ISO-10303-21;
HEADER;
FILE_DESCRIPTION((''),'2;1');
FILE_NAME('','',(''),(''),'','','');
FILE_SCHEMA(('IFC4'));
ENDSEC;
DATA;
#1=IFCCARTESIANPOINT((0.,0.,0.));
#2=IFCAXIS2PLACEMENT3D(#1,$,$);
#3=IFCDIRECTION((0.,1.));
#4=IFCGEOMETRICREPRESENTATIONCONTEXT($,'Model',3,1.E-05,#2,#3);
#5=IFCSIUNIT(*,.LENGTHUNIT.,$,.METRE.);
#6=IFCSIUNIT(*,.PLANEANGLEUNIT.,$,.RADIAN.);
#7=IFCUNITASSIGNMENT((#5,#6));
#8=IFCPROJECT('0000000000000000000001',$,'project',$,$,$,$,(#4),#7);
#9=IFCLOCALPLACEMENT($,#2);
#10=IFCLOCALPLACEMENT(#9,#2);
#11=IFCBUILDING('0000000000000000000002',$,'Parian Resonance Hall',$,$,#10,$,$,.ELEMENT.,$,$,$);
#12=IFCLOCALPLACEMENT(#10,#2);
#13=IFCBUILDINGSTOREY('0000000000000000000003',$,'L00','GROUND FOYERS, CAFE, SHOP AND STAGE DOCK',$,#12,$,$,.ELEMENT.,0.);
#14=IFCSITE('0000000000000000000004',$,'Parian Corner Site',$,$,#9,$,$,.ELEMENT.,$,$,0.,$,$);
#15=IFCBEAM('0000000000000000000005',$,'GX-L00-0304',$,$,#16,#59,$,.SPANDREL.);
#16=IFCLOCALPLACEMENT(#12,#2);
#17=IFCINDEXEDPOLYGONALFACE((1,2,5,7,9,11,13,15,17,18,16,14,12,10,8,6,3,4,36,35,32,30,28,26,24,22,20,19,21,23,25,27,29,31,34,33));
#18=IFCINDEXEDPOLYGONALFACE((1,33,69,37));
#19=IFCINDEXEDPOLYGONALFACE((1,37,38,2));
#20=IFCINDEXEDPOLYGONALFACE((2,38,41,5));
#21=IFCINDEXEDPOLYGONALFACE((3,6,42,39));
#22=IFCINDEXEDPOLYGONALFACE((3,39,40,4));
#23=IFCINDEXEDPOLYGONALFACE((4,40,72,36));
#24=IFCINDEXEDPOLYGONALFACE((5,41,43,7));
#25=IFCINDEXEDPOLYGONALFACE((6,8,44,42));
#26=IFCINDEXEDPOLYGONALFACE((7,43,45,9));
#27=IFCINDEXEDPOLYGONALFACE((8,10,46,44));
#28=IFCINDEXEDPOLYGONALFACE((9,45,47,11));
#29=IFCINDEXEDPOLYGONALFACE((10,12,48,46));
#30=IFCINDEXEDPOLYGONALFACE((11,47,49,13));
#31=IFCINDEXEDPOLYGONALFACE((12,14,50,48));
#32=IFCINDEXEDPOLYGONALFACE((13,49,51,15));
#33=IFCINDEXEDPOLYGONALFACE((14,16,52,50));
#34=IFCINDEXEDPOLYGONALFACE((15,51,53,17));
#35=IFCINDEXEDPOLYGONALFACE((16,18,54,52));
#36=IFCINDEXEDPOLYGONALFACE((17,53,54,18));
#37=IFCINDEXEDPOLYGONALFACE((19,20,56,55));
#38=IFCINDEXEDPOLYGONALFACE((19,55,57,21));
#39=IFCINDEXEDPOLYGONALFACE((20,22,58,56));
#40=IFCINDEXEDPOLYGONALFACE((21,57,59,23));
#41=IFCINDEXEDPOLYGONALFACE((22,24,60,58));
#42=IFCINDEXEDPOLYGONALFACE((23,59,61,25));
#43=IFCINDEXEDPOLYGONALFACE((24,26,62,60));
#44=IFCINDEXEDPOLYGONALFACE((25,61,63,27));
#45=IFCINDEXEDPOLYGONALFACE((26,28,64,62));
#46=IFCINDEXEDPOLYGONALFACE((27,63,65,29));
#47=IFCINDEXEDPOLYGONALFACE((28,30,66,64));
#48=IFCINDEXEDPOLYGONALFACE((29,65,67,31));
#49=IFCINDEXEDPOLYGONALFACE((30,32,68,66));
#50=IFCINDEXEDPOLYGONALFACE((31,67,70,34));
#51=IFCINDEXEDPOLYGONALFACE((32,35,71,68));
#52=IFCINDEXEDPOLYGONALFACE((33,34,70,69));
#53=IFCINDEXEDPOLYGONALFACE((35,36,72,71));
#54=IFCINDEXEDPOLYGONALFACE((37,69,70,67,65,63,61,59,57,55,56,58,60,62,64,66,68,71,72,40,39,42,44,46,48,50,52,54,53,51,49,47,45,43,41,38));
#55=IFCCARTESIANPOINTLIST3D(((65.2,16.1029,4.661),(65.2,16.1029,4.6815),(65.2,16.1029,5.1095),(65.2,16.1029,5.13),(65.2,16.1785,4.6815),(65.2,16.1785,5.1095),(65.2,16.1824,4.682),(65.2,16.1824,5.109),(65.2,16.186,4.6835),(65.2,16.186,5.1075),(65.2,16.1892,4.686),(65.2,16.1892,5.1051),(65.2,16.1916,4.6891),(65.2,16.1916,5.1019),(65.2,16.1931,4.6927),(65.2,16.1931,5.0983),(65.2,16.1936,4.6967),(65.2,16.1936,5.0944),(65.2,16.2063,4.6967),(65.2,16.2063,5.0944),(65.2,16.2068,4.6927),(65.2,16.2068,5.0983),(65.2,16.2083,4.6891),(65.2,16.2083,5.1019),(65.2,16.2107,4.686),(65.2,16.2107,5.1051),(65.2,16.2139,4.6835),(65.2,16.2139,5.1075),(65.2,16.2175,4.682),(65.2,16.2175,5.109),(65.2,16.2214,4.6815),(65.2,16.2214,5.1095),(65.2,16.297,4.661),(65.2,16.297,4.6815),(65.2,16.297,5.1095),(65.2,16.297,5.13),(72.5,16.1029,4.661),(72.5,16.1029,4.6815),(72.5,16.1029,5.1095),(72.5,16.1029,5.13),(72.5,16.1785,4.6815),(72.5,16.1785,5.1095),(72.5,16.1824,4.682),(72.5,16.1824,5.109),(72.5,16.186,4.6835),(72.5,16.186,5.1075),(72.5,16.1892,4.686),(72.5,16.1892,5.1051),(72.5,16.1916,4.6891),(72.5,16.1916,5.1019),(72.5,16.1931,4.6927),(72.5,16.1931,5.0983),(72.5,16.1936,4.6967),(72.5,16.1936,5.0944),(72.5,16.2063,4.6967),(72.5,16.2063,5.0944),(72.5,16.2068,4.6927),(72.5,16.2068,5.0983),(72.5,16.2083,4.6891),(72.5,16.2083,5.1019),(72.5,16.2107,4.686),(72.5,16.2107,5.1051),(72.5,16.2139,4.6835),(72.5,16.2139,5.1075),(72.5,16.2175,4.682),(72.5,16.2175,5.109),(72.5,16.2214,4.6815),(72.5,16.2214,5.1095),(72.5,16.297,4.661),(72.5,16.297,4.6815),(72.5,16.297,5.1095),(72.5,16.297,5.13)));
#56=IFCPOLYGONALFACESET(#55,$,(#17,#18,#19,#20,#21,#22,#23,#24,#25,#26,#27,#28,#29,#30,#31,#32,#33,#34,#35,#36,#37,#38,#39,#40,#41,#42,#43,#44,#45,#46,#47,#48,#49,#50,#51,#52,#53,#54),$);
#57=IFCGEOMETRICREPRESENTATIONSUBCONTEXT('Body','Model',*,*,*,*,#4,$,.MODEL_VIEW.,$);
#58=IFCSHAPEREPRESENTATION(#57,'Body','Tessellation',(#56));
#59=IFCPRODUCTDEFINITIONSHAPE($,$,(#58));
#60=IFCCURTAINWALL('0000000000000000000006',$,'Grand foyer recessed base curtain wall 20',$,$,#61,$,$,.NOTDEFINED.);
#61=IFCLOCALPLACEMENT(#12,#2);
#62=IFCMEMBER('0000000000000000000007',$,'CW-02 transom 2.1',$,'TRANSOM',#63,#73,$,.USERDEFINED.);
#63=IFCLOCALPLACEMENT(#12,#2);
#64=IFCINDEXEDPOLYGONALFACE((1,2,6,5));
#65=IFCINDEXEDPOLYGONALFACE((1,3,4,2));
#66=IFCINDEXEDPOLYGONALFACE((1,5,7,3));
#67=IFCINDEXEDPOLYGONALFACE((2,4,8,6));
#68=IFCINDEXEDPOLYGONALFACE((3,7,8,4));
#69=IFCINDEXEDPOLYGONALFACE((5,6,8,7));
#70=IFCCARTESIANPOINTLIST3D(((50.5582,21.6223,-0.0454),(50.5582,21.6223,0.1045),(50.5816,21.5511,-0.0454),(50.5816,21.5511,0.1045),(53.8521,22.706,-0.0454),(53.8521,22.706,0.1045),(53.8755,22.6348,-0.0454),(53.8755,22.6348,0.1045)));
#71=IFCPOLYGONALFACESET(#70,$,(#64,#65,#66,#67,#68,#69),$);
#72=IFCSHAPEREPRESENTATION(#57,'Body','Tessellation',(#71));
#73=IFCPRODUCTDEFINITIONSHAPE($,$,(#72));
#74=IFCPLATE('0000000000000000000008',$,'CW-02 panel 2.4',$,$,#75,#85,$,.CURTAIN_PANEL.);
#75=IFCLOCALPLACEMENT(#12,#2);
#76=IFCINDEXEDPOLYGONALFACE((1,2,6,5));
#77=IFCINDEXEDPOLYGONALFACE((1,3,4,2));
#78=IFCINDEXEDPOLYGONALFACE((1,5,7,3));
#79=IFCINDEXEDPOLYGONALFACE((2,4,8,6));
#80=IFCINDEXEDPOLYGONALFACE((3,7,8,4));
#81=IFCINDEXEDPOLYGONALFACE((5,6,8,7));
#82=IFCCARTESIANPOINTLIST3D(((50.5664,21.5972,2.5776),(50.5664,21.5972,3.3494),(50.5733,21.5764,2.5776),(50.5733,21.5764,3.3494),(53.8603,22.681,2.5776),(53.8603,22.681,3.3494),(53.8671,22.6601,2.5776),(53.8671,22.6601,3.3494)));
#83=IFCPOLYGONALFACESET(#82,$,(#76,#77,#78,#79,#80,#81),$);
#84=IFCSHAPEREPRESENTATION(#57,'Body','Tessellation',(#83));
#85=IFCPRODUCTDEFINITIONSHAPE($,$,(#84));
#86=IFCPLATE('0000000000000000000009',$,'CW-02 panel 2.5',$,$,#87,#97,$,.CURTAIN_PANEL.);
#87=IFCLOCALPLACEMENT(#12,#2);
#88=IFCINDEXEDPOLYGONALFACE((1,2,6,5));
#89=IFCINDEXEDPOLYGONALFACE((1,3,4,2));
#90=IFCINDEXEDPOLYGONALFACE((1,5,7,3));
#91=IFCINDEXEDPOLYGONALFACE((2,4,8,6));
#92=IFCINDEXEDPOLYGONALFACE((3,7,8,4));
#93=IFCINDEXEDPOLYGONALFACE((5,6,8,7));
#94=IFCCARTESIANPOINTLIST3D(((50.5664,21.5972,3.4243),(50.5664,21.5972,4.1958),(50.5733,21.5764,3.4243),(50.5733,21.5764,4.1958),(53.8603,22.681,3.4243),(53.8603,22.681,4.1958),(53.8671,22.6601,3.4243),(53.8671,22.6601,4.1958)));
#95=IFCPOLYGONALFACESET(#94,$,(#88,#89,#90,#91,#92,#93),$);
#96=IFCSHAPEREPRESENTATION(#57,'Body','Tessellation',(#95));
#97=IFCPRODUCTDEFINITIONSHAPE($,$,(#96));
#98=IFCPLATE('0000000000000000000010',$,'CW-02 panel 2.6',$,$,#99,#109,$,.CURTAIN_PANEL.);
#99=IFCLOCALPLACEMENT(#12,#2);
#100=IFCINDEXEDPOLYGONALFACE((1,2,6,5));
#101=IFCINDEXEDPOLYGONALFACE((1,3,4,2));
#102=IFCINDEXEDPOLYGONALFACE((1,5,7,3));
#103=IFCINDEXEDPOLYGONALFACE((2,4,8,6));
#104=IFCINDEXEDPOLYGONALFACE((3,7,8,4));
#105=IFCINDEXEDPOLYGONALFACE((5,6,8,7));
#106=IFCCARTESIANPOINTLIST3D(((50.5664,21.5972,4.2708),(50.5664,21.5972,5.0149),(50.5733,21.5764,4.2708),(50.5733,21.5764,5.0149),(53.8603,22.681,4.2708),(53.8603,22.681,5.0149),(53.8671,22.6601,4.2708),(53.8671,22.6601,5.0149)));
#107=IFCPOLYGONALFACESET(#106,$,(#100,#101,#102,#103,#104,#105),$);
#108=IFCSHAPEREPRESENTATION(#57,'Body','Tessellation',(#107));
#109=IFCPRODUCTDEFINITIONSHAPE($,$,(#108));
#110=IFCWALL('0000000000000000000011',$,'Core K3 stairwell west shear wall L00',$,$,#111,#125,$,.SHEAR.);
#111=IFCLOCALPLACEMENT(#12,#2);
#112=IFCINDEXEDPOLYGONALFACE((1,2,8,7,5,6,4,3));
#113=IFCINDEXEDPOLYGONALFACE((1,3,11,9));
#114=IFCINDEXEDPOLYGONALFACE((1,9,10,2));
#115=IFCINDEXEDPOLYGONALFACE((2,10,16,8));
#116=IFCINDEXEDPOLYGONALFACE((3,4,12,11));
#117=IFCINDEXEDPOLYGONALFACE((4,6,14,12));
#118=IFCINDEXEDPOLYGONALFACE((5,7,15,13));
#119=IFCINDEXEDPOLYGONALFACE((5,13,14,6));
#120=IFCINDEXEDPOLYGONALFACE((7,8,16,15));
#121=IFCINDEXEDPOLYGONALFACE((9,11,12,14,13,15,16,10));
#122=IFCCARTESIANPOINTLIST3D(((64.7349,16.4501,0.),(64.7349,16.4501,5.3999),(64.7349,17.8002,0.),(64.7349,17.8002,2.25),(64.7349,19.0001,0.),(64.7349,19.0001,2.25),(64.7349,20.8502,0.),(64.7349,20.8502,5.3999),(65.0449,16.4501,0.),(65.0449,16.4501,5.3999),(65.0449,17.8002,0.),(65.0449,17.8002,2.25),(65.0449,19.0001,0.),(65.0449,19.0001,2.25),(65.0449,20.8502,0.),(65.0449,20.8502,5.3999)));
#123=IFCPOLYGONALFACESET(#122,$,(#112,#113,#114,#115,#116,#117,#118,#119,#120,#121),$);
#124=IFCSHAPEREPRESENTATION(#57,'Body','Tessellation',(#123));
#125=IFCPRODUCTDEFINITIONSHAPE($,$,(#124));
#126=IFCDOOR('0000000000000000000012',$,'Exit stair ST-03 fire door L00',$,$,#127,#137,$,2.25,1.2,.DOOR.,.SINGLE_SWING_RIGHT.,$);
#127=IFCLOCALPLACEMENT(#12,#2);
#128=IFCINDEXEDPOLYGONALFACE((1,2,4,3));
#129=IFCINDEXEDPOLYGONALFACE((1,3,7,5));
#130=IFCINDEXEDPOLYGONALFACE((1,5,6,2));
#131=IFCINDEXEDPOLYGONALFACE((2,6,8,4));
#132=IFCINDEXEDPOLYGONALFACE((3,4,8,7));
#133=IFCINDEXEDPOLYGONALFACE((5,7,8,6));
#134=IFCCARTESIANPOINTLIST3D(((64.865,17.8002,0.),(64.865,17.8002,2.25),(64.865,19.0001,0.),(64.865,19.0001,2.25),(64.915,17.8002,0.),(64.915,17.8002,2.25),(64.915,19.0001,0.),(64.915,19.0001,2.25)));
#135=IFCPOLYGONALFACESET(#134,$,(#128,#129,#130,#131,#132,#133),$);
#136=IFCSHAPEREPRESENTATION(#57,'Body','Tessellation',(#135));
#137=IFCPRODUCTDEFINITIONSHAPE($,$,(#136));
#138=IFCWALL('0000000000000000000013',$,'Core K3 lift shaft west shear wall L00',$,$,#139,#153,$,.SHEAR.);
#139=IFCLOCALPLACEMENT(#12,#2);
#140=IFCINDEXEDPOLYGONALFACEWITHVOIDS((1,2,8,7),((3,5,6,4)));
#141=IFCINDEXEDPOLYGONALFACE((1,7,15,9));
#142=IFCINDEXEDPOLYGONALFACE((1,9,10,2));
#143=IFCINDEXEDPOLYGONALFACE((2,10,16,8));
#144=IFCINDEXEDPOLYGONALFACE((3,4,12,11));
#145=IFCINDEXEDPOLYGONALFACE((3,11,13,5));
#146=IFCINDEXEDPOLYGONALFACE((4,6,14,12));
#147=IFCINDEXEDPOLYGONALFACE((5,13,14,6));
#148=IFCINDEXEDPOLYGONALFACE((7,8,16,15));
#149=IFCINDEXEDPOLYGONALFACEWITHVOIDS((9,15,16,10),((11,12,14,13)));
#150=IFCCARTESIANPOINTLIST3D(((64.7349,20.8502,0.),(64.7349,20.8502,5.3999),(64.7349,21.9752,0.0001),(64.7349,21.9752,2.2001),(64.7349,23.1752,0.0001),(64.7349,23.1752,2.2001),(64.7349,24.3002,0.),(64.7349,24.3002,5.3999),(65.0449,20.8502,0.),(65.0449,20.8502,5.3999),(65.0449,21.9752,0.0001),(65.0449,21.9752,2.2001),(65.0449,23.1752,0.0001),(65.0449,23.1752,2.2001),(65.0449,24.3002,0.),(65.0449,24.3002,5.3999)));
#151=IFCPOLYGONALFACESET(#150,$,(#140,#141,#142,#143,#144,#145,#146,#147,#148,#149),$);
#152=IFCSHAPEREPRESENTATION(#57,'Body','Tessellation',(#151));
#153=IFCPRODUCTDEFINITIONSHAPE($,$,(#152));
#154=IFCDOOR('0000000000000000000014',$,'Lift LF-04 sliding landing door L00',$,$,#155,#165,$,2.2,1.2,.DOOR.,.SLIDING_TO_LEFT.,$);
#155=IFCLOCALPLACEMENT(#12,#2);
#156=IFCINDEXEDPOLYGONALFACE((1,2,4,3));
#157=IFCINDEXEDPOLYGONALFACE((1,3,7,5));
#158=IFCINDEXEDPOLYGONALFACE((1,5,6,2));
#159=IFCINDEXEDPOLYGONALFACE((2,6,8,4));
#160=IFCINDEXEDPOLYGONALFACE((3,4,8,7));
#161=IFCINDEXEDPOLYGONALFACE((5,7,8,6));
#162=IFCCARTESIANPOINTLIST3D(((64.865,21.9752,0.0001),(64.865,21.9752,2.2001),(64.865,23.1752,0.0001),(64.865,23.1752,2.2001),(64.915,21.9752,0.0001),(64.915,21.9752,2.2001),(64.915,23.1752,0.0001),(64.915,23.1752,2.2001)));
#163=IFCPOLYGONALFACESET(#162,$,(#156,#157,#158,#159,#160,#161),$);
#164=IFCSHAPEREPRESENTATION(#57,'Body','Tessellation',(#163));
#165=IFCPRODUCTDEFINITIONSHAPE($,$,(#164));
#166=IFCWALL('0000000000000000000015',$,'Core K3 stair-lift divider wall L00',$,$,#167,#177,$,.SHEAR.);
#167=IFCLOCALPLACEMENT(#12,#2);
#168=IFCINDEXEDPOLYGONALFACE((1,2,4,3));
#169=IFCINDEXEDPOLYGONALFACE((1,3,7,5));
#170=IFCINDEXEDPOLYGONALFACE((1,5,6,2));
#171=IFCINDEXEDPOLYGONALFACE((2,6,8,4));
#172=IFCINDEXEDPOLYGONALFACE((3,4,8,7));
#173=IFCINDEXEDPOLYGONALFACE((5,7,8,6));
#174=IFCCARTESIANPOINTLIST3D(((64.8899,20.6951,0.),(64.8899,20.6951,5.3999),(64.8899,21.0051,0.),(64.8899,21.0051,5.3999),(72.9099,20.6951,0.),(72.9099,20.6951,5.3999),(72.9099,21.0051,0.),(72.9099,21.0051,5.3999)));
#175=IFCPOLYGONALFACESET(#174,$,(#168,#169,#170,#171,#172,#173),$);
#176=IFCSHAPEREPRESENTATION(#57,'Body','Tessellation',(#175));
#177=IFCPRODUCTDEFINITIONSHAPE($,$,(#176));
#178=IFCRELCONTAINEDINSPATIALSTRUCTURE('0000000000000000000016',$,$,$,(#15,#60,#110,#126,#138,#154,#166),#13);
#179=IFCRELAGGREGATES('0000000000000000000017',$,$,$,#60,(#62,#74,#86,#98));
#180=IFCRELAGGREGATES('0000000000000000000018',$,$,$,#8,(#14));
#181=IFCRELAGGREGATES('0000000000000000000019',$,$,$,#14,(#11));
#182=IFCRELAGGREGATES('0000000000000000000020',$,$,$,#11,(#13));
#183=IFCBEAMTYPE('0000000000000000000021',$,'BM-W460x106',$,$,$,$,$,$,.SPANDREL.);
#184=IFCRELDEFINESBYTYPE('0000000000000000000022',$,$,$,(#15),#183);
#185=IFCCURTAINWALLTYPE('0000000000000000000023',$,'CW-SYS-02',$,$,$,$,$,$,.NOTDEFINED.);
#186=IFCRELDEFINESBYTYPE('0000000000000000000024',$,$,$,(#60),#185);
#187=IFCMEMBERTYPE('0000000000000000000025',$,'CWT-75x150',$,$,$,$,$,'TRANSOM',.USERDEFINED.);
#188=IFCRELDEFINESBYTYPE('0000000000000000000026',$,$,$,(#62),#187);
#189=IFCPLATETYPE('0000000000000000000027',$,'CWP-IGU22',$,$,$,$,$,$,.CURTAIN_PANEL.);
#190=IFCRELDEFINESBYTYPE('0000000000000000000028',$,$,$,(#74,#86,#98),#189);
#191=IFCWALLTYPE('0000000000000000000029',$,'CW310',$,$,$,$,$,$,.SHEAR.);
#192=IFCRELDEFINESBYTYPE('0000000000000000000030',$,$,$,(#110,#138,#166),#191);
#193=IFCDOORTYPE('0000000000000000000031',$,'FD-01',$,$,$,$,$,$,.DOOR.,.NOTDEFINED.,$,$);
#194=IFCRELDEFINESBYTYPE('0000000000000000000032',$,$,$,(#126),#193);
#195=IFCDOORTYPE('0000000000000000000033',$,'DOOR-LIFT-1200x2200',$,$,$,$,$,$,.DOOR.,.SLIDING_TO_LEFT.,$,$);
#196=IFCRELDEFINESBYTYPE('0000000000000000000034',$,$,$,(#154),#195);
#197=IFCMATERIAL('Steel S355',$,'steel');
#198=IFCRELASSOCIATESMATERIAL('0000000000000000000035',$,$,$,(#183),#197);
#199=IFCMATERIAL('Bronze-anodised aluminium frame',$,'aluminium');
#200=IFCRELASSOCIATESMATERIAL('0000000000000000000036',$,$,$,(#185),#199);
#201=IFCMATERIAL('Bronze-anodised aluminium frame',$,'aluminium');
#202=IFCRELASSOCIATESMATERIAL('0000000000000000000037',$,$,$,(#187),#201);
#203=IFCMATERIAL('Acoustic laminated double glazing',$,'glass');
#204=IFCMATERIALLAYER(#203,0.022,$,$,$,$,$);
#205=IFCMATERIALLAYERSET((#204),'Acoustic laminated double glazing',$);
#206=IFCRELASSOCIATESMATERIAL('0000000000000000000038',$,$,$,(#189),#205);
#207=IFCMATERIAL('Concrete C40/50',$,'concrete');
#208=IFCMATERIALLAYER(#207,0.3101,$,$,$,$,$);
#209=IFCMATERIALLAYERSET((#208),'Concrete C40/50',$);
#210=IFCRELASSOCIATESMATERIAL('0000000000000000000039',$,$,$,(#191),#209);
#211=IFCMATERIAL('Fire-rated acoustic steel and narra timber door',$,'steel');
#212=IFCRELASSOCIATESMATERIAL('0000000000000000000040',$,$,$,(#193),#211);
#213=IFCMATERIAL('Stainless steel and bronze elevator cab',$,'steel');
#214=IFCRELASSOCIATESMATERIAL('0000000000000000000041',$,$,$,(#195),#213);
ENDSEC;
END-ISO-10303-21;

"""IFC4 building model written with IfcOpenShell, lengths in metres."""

from ifc_helpers import new_model, si_unit, direction, frame, frame_2d, origin, origin_2d, place, context, subcontext, project, spatial, rectangle, i_section, extrude, material, layer, layer_set, material_profile, profile_set, type_object, element, fill, aggregate, save


model = new_model("IFC4")

# Units and contexts
model_context = context("Model", 3, precision=1e-05, world=origin(), true_north=direction((0.0, 1.0)))
body_context = subcontext(model_context, "Body", "Model", "MODEL_VIEW")
ifc_project = project(units=[si_unit("LENGTHUNIT", "METRE"), si_unit("PLANEANGLEUNIT", "RADIAN")], contexts=[model_context])

# Site, building, storey
site_placement = place(None, origin())
site = spatial("IfcSite", under=ifc_project, at=site_placement, Name="Parian Corner Site", CompositionType="ELEMENT", RefElevation=0.0)
building_placement = place(site_placement, origin())
building = spatial("IfcBuilding", under=site, at=building_placement, Name="Parian Resonance Hall", CompositionType="ELEMENT")
storey_placement = place(building_placement, origin())
storey = spatial("IfcBuildingStorey", under=building, at=storey_placement, Name="L00", Description="GROUND FOYERS, CAFE, SHOP AND STAGE DOCK", CompositionType="ELEMENT", Elevation=0.0)

# Beam
ifc_material_1 = material(Name="Steel S355", Category="steel")
ifc_material_profile_1 = material_profile(ifc_material_1, i_section(OverallWidth=0.1941, OverallDepth=0.469, WebThickness=0.0127, FlangeThickness=0.0205, FilletRadius=0.0151, at=origin_2d()), Name="W460x106")
ifc_profile_set_1 = profile_set([ifc_material_profile_1], Name="Steel S355")
beam_type_1 = type_object("IfcBeamType", Name="BM-W460x106", PredefinedType="SPANDREL", material=ifc_profile_set_1)
beam_1_placement = place(storey_placement, frame((65.2, 16.2, 4.8955), z_axis=(1.0, 0.0, 0.0), x_axis=(0.0, 1.0, 0.0)))
element("IfcBeam", 1, at=beam_1_placement, inside=storey, type_object=beam_type_1, Name="GX-L00-0304", PredefinedType="SPANDREL", context=body_context, shape_type="SweptSolid", body=[
    extrude(i_section(OverallWidth=0.1941, OverallDepth=0.469, WebThickness=0.0127, FlangeThickness=0.0205, FilletRadius=0.0151, at=origin_2d()), origin(), (0.0, 0.0, 1.0), 7.3),
])

# Curtain wall, member, plates
ifc_material_2 = material(Name="Bronze-anodised aluminium frame", Category="aluminium")
curtain_wall_type = type_object("IfcCurtainWallType", Name="CW-SYS-02", PredefinedType="NOTDEFINED", material=ifc_material_2)
curtain_wall_placement = place(storey_placement, origin())
curtain_wall = element("IfcCurtainWall", 2, at=curtain_wall_placement, inside=storey, type_object=curtain_wall_type, Name="Grand foyer recessed base curtain wall 20", PredefinedType="NOTDEFINED")
ifc_material_3 = material(Name="Bronze-anodised aluminium frame", Category="aluminium")
ifc_material_profile_2 = material_profile(ifc_material_3, rectangle(XDim=0.075, YDim=0.1499, at=origin_2d()), Name="CWT-75x150")
ifc_profile_set_2 = profile_set([ifc_material_profile_2], Name="Bronze-anodised aluminium frame")
member_type = type_object("IfcMemberType", Name="CWT-75x150", ElementType="TRANSOM", PredefinedType="USERDEFINED", material=ifc_profile_set_2)
member_placement = place(storey_placement, frame((53.8638, 22.6704, 0.0295), z_axis=(-0.949908, -0.312529, 0.0), x_axis=(0.312529, -0.949908, 0.0)))
member = element("IfcMember", 3, at=member_placement, type_object=member_type, Name="CW-02 transom 2.1", ObjectType="TRANSOM", PredefinedType="USERDEFINED", context=body_context, shape_type="SweptSolid", body=[
    extrude(rectangle(XDim=0.075, YDim=0.1499, at=origin_2d()), origin(), (0.0, 0.0, 1.0), 3.4675),
])
ifc_material_4 = material(Name="Acoustic laminated double glazing", Category="glass")
ifc_layer_1 = layer(ifc_material_4, 0.022)
ifc_layer_set_1 = layer_set([ifc_layer_1], Name="Acoustic laminated double glazing")
plate_type = type_object("IfcPlateType", Name="CWP-IGU22", PredefinedType="CURTAIN_PANEL", material=ifc_layer_set_1)
plate_1_placement = place(storey_placement, frame((52.2168, 22.1287, 2.5776), z_axis=(0.0, 0.0, 1.0), x_axis=(-0.949908, -0.31253, 0.0)))
plate_1 = element("IfcPlate", 4, at=plate_1_placement, type_object=plate_type, Name="CW-02 panel 2.4", PredefinedType="CURTAIN_PANEL", context=body_context, shape_type="SweptSolid", body=[
    extrude(rectangle(XDim=3.4675, YDim=0.022, at=origin_2d()), origin(), (0.0, 0.0, 1.0), 0.7717),
])
plate_2_placement = place(storey_placement, frame((52.2168, 22.1287, 3.4243), z_axis=(0.0, 0.0, 1.0), x_axis=(-0.949908, -0.31253, 0.0)))
plate_2 = element("IfcPlate", 5, at=plate_2_placement, type_object=plate_type, Name="CW-02 panel 2.5", PredefinedType="CURTAIN_PANEL", context=body_context, shape_type="SweptSolid", body=[
    extrude(rectangle(XDim=3.4675, YDim=0.022, at=origin_2d()), origin(), (0.0, 0.0, 1.0), 0.7715),
])
plate_3_placement = place(storey_placement, frame((52.2168, 22.1287, 4.2708), z_axis=(0.0, 0.0, 1.0), x_axis=(-0.949908, -0.31253, 0.0)))
plate_3 = element("IfcPlate", 6, at=plate_3_placement, type_object=plate_type, Name="CW-02 panel 2.6", PredefinedType="CURTAIN_PANEL", context=body_context, shape_type="SweptSolid", body=[
    extrude(rectangle(XDim=3.4675, YDim=0.022, at=origin_2d()), origin(), (0.0, 0.0, 1.0), 0.7441),
])
aggregate(curtain_wall, [member, plate_1, plate_2, plate_3])

# Walls, openings, doors
ifc_material_5 = material(Name="Concrete C40/50", Category="concrete")
ifc_layer_2 = layer(ifc_material_5, 0.3101)
ifc_layer_set_2 = layer_set([ifc_layer_2], Name="Concrete C40/50")
wall_type_1 = type_object("IfcWallType", Name="CW310", PredefinedType="SHEAR", material=ifc_layer_set_2)
wall_1_placement = place(storey_placement, frame((64.8899, 16.45, 0.0), z_axis=(0.0, 0.0, 1.0), x_axis=(0.0, 1.0, 0.0)))
wall_1 = element("IfcWall", 7, at=wall_1_placement, inside=storey, type_object=wall_type_1, Name="Core K3 stairwell west shear wall L00", PredefinedType="SHEAR", context=body_context, shape_type="SweptSolid", body=[
    extrude(rectangle(XDim=4.4001, YDim=0.3101, at=frame_2d((2.2002, 0.0))), origin(), (0.0, 0.0, 1.0), 5.3999),
])
opening_1_placement = place(wall_1_placement, frame((1.3501, 0.0, 0.0)))
opening_1 = element("IfcOpeningElement", 8, at=opening_1_placement, cuts=wall_1, PredefinedType="OPENING", context=body_context, shape_type="SweptSolid", body=[
    extrude(rectangle(XDim=1.2, YDim=2.25, at=frame_2d((0.6001, 1.125))), frame((0.0, 0.165, 0.0), z_axis=(0.0, -1.0, 0.0), x_axis=(1.0, 0.0, 0.0)), (0.0, 0.0, 1.0), 0.3301),
])
ifc_material_6 = material(Name="Fire-rated acoustic steel and narra timber door", Category="steel")
door_type_1 = type_object("IfcDoorType", Name="FD-01", OperationType="NOTDEFINED", PredefinedType="DOOR", material=ifc_material_6)
door_1_placement = place(opening_1_placement, origin())
door_1 = element("IfcDoor", 9, at=door_1_placement, inside=storey, type_object=door_type_1, Name="Exit stair ST-03 fire door L00", OperationType="SINGLE_SWING_RIGHT", OverallHeight=2.25, OverallWidth=1.2, PredefinedType="DOOR", context=body_context, shape_type="SweptSolid", body=[
    extrude(rectangle(XDim=1.2, YDim=2.25, at=frame_2d((0.6001, 1.125))), frame((0.0, 0.0249, 0.0), z_axis=(0.0, -1.0, 0.0), x_axis=(1.0, 0.0, 0.0)), (0.0, 0.0, 1.0), 0.05),
])
fill(opening_1, door_1)
wall_2_placement = place(storey_placement, frame((64.8899, 20.8501, 0.0), z_axis=(0.0, 0.0, 1.0), x_axis=(0.0, 1.0, 0.0)))
wall_2 = element("IfcWall", 10, at=wall_2_placement, inside=storey, type_object=wall_type_1, Name="Core K3 lift shaft west shear wall L00", PredefinedType="SHEAR", context=body_context, shape_type="SweptSolid", body=[
    extrude(rectangle(XDim=3.45, YDim=0.3101, at=frame_2d((1.7251, 0.0))), origin(), (0.0, 0.0, 1.0), 5.3999),
])
opening_2_placement = place(wall_2_placement, frame((1.125, 0.0, 0.0)))
opening_2 = element("IfcOpeningElement", 11, at=opening_2_placement, cuts=wall_2, PredefinedType="OPENING", context=body_context, shape_type="SweptSolid", body=[
    extrude(rectangle(XDim=1.2, YDim=2.2, at=frame_2d((0.6001, 1.1001))), frame((0.0, 0.165, 0.0), z_axis=(0.0, -1.0, 0.0), x_axis=(1.0, 0.0, 0.0)), (0.0, 0.0, 1.0), 0.3301),
])
ifc_material_7 = material(Name="Stainless steel and bronze elevator cab", Category="steel")
door_type_2 = type_object("IfcDoorType", Name="DOOR-LIFT-1200x2200", OperationType="SLIDING_TO_LEFT", PredefinedType="DOOR", material=ifc_material_7)
door_2_placement = place(opening_2_placement, origin())
door_2 = element("IfcDoor", 12, at=door_2_placement, inside=storey, type_object=door_type_2, Name="Lift LF-04 sliding landing door L00", OperationType="SLIDING_TO_LEFT", OverallHeight=2.2, OverallWidth=1.2, PredefinedType="DOOR", context=body_context, shape_type="SweptSolid", body=[
    extrude(rectangle(XDim=1.2, YDim=2.2, at=frame_2d((0.6001, 1.1001))), frame((0.0, 0.0249, 0.0), z_axis=(0.0, -1.0, 0.0), x_axis=(1.0, 0.0, 0.0)), (0.0, 0.0, 1.0), 0.05),
])
fill(opening_2, door_2)

# Wall
wall_3_placement = place(storey_placement, frame((64.8899, 20.8501, 0.0), z_axis=(0.0, 0.0, 1.0), x_axis=(1.0, 0.0, 0.0)))
element("IfcWall", 13, at=wall_3_placement, inside=storey, type_object=wall_type_1, Name="Core K3 stair-lift divider wall L00", PredefinedType="SHEAR", context=body_context, shape_type="SweptSolid", body=[
    extrude(rectangle(XDim=8.02, YDim=0.3101, at=frame_2d((4.01, 0.0))), origin(), (0.0, 0.0, 1.0), 5.3999),
])

save(model, "model.ifc")
